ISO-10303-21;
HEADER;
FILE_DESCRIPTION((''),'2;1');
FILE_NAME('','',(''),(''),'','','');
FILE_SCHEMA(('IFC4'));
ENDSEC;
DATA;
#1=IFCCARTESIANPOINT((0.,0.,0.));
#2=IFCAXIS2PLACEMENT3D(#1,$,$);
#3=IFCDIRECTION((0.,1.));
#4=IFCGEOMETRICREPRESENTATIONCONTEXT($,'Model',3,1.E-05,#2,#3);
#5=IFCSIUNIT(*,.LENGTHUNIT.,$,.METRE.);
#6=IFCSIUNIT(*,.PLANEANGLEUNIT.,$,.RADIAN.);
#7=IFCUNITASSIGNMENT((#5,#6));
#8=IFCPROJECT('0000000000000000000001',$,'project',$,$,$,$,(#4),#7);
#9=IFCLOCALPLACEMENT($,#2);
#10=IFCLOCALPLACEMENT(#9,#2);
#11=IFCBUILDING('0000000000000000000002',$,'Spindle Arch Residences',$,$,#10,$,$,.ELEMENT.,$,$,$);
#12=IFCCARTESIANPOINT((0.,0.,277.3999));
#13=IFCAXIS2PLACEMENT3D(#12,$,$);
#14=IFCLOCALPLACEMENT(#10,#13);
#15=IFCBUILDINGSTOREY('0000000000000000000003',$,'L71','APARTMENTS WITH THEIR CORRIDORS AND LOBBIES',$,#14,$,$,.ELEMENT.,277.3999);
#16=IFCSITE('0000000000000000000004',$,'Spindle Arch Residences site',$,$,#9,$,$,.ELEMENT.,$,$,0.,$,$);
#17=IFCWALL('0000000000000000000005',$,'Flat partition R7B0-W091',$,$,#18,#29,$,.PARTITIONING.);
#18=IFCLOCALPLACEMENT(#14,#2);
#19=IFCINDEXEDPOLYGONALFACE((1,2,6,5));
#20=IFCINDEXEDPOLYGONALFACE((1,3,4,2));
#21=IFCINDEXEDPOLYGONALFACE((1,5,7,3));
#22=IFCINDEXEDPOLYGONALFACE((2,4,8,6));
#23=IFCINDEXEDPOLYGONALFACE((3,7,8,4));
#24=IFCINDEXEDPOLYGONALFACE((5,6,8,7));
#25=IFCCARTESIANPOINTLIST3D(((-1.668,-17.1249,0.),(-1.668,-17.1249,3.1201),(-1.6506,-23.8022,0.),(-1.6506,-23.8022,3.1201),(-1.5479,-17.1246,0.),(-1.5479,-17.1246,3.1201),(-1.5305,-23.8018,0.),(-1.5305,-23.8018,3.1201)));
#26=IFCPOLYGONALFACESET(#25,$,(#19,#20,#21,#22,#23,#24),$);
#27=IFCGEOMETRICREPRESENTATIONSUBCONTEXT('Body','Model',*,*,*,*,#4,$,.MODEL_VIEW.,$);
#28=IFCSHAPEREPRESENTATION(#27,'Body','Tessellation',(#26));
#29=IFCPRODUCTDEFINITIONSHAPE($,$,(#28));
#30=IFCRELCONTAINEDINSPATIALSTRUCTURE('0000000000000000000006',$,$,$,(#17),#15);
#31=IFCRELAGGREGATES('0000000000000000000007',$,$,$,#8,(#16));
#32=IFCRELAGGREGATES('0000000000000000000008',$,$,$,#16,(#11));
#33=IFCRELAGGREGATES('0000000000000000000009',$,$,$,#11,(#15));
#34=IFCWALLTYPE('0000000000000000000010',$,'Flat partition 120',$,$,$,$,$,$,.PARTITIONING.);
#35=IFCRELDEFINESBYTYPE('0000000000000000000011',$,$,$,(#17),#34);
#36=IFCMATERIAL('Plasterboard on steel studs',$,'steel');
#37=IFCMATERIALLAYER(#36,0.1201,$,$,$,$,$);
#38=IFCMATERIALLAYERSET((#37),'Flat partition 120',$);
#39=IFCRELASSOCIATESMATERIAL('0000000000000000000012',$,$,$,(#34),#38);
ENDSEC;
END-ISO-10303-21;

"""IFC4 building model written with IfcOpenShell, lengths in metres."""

from ifc_helpers import new_model, si_unit, direction, frame, frame_2d, origin, place, context, subcontext, project, spatial, rectangle, extrude, material, layer, layer_set, type_object, element, save


model = new_model("IFC4")

# Units and contexts
model_context = context("Model", 3, precision=1e-05, world=origin(), true_north=direction((0.0, 1.0)))
body_context = subcontext(model_context, "Body", "Model", "MODEL_VIEW")
ifc_project = project(units=[si_unit("LENGTHUNIT", "METRE"), si_unit("PLANEANGLEUNIT", "RADIAN")], contexts=[model_context])

# Site, building, storey
site_placement = place(None, origin())
site = spatial("IfcSite", under=ifc_project, at=site_placement, Name="Spindle Arch Residences site", CompositionType="ELEMENT", RefElevation=0.0)
building_placement = place(site_placement, origin())
building = spatial("IfcBuilding", under=site, at=building_placement, Name="Spindle Arch Residences", CompositionType="ELEMENT")
storey_placement = place(building_placement, frame((0.0, 0.0, 277.3999)))
storey = spatial("IfcBuildingStorey", under=building, at=storey_placement, Name="L71", Description="APARTMENTS WITH THEIR CORRIDORS AND LOBBIES", CompositionType="ELEMENT", Elevation=277.3999)

# Shared definitions
ifc_material_1 = material(Name="Plasterboard on steel studs", Category="steel")
ifc_layer_1 = layer(ifc_material_1, 0.1201)
ifc_layer_set_1 = layer_set([ifc_layer_1], Name="Flat partition 120")
wall_type = type_object("IfcWallType", Name="Flat partition 120", PredefinedType="PARTITIONING", material=ifc_layer_set_1)

# Wall
wall_1_placement = place(storey_placement, frame((-1.5906, -23.802, 0.0), z_axis=(0.0, 0.0, 1.0), x_axis=(-0.002596, 0.999997, 0.0)))
element("IfcWall", 1, at=wall_1_placement, inside=storey, type_object=wall_type, Name="Flat partition R7B0-W091", PredefinedType="PARTITIONING", context=body_context, shape_type="SweptSolid", body=[
    extrude(rectangle(XDim=6.6772, YDim=0.1201, at=frame_2d((3.3386, 0.0))), origin(), (0.0, 0.0, 1.0), 3.1201),
])

save(model, "model.ifc")
